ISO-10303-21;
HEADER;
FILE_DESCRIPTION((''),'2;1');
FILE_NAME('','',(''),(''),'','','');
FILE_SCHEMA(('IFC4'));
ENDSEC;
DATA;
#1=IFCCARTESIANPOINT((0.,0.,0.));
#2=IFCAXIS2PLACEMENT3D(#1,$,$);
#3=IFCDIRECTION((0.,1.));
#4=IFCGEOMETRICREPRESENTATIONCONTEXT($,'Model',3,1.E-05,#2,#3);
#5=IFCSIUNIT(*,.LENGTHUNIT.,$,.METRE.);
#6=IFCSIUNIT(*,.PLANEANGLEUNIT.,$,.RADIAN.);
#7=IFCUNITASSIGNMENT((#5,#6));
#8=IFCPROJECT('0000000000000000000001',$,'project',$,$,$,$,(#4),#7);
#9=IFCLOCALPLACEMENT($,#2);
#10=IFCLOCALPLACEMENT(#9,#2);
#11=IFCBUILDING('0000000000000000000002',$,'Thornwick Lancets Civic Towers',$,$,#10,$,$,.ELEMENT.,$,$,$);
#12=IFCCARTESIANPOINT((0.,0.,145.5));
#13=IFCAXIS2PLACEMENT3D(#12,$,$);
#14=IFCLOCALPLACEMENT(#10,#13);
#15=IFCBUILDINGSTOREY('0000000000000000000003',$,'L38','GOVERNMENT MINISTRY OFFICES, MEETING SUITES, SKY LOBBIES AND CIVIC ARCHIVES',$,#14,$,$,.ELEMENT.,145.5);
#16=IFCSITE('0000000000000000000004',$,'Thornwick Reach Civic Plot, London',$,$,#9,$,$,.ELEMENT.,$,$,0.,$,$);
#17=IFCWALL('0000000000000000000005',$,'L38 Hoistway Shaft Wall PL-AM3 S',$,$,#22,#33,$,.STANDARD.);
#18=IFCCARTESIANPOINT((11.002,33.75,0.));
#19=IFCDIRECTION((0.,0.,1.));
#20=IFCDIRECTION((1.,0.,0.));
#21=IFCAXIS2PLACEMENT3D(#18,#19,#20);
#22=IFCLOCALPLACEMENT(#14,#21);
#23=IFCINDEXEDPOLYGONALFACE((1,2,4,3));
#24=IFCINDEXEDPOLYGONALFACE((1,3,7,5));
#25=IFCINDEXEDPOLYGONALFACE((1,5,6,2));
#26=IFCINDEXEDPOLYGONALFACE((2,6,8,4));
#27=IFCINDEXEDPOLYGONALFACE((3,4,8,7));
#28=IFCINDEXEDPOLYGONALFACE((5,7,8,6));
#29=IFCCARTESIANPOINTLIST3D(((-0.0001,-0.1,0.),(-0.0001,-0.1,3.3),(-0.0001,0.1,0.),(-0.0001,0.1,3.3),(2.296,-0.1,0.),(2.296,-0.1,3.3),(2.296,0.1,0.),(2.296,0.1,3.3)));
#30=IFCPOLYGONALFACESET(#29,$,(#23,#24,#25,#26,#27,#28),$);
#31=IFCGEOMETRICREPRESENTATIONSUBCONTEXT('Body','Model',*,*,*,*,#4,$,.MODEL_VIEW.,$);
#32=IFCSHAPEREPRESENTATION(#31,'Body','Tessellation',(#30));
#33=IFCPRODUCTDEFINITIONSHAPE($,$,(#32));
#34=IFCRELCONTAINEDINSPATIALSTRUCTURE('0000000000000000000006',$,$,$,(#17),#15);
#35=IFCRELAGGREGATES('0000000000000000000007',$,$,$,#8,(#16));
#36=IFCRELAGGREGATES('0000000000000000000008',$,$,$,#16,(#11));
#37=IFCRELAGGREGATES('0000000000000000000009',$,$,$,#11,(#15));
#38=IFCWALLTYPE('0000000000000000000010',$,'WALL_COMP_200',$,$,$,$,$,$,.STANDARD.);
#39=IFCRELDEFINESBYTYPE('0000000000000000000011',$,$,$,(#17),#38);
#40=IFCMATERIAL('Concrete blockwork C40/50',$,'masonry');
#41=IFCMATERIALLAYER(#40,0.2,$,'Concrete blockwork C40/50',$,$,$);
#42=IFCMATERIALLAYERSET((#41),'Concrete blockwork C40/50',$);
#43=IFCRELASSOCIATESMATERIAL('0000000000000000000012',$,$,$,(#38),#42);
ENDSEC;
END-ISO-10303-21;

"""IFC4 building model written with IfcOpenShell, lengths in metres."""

from ifc_helpers import new_model, si_unit, direction, frame, frame_2d, origin, place, context, subcontext, project, spatial, rectangle, extrude, material, layer, layer_set, type_object, element, save


model = new_model("IFC4")

# Units and contexts
model_context = context("Model", 3, precision=1e-05, world=origin(), true_north=direction((0.0, 1.0)))
body_context = subcontext(model_context, "Body", "Model", "MODEL_VIEW")
ifc_project = project(units=[si_unit("LENGTHUNIT", "METRE"), si_unit("PLANEANGLEUNIT", "RADIAN")], contexts=[model_context])

# Site, building, storey
site_placement = place(None, origin())
site = spatial("IfcSite", under=ifc_project, at=site_placement, Name="Thornwick Reach Civic Plot, London", CompositionType="ELEMENT", RefElevation=0.0)
building_placement = place(site_placement, origin())
building = spatial("IfcBuilding", under=site, at=building_placement, Name="Thornwick Lancets Civic Towers", CompositionType="ELEMENT")
storey_placement = place(building_placement, frame((0.0, 0.0, 145.5)))
storey = spatial("IfcBuildingStorey", under=building, at=storey_placement, Name="L38", Description="GOVERNMENT MINISTRY OFFICES, MEETING SUITES, SKY LOBBIES AND CIVIC ARCHIVES", CompositionType="ELEMENT", Elevation=145.5)

# Wall
ifc_material_1 = material(Name="Concrete blockwork C40/50", Category="masonry")
ifc_layer_1 = layer(ifc_material_1, 0.2, Name="Concrete blockwork C40/50")
ifc_layer_set_1 = layer_set([ifc_layer_1], Name="Concrete blockwork C40/50")
wall_type_1 = type_object("IfcWallType", Name="WALL_COMP_200", PredefinedType="STANDARD", material=ifc_layer_set_1)
wall_1_placement = place(storey_placement, frame((11.002, 33.75, 0.0), z_axis=(0.0, 0.0, 1.0), x_axis=(1.0, 0.0, 0.0)))
element("IfcWall", 1, at=wall_1_placement, inside=storey, type_object=wall_type_1, Name="L38 Hoistway Shaft Wall PL-AM3 S", PredefinedType="STANDARD", context=body_context, shape_type="SweptSolid", body=[
    extrude(rectangle(XDim=2.2961, YDim=0.2, at=frame_2d((1.1479, 0.0))), origin(), (0.0, 0.0, 1.0), 3.3),
])

save(model, "model.ifc")
